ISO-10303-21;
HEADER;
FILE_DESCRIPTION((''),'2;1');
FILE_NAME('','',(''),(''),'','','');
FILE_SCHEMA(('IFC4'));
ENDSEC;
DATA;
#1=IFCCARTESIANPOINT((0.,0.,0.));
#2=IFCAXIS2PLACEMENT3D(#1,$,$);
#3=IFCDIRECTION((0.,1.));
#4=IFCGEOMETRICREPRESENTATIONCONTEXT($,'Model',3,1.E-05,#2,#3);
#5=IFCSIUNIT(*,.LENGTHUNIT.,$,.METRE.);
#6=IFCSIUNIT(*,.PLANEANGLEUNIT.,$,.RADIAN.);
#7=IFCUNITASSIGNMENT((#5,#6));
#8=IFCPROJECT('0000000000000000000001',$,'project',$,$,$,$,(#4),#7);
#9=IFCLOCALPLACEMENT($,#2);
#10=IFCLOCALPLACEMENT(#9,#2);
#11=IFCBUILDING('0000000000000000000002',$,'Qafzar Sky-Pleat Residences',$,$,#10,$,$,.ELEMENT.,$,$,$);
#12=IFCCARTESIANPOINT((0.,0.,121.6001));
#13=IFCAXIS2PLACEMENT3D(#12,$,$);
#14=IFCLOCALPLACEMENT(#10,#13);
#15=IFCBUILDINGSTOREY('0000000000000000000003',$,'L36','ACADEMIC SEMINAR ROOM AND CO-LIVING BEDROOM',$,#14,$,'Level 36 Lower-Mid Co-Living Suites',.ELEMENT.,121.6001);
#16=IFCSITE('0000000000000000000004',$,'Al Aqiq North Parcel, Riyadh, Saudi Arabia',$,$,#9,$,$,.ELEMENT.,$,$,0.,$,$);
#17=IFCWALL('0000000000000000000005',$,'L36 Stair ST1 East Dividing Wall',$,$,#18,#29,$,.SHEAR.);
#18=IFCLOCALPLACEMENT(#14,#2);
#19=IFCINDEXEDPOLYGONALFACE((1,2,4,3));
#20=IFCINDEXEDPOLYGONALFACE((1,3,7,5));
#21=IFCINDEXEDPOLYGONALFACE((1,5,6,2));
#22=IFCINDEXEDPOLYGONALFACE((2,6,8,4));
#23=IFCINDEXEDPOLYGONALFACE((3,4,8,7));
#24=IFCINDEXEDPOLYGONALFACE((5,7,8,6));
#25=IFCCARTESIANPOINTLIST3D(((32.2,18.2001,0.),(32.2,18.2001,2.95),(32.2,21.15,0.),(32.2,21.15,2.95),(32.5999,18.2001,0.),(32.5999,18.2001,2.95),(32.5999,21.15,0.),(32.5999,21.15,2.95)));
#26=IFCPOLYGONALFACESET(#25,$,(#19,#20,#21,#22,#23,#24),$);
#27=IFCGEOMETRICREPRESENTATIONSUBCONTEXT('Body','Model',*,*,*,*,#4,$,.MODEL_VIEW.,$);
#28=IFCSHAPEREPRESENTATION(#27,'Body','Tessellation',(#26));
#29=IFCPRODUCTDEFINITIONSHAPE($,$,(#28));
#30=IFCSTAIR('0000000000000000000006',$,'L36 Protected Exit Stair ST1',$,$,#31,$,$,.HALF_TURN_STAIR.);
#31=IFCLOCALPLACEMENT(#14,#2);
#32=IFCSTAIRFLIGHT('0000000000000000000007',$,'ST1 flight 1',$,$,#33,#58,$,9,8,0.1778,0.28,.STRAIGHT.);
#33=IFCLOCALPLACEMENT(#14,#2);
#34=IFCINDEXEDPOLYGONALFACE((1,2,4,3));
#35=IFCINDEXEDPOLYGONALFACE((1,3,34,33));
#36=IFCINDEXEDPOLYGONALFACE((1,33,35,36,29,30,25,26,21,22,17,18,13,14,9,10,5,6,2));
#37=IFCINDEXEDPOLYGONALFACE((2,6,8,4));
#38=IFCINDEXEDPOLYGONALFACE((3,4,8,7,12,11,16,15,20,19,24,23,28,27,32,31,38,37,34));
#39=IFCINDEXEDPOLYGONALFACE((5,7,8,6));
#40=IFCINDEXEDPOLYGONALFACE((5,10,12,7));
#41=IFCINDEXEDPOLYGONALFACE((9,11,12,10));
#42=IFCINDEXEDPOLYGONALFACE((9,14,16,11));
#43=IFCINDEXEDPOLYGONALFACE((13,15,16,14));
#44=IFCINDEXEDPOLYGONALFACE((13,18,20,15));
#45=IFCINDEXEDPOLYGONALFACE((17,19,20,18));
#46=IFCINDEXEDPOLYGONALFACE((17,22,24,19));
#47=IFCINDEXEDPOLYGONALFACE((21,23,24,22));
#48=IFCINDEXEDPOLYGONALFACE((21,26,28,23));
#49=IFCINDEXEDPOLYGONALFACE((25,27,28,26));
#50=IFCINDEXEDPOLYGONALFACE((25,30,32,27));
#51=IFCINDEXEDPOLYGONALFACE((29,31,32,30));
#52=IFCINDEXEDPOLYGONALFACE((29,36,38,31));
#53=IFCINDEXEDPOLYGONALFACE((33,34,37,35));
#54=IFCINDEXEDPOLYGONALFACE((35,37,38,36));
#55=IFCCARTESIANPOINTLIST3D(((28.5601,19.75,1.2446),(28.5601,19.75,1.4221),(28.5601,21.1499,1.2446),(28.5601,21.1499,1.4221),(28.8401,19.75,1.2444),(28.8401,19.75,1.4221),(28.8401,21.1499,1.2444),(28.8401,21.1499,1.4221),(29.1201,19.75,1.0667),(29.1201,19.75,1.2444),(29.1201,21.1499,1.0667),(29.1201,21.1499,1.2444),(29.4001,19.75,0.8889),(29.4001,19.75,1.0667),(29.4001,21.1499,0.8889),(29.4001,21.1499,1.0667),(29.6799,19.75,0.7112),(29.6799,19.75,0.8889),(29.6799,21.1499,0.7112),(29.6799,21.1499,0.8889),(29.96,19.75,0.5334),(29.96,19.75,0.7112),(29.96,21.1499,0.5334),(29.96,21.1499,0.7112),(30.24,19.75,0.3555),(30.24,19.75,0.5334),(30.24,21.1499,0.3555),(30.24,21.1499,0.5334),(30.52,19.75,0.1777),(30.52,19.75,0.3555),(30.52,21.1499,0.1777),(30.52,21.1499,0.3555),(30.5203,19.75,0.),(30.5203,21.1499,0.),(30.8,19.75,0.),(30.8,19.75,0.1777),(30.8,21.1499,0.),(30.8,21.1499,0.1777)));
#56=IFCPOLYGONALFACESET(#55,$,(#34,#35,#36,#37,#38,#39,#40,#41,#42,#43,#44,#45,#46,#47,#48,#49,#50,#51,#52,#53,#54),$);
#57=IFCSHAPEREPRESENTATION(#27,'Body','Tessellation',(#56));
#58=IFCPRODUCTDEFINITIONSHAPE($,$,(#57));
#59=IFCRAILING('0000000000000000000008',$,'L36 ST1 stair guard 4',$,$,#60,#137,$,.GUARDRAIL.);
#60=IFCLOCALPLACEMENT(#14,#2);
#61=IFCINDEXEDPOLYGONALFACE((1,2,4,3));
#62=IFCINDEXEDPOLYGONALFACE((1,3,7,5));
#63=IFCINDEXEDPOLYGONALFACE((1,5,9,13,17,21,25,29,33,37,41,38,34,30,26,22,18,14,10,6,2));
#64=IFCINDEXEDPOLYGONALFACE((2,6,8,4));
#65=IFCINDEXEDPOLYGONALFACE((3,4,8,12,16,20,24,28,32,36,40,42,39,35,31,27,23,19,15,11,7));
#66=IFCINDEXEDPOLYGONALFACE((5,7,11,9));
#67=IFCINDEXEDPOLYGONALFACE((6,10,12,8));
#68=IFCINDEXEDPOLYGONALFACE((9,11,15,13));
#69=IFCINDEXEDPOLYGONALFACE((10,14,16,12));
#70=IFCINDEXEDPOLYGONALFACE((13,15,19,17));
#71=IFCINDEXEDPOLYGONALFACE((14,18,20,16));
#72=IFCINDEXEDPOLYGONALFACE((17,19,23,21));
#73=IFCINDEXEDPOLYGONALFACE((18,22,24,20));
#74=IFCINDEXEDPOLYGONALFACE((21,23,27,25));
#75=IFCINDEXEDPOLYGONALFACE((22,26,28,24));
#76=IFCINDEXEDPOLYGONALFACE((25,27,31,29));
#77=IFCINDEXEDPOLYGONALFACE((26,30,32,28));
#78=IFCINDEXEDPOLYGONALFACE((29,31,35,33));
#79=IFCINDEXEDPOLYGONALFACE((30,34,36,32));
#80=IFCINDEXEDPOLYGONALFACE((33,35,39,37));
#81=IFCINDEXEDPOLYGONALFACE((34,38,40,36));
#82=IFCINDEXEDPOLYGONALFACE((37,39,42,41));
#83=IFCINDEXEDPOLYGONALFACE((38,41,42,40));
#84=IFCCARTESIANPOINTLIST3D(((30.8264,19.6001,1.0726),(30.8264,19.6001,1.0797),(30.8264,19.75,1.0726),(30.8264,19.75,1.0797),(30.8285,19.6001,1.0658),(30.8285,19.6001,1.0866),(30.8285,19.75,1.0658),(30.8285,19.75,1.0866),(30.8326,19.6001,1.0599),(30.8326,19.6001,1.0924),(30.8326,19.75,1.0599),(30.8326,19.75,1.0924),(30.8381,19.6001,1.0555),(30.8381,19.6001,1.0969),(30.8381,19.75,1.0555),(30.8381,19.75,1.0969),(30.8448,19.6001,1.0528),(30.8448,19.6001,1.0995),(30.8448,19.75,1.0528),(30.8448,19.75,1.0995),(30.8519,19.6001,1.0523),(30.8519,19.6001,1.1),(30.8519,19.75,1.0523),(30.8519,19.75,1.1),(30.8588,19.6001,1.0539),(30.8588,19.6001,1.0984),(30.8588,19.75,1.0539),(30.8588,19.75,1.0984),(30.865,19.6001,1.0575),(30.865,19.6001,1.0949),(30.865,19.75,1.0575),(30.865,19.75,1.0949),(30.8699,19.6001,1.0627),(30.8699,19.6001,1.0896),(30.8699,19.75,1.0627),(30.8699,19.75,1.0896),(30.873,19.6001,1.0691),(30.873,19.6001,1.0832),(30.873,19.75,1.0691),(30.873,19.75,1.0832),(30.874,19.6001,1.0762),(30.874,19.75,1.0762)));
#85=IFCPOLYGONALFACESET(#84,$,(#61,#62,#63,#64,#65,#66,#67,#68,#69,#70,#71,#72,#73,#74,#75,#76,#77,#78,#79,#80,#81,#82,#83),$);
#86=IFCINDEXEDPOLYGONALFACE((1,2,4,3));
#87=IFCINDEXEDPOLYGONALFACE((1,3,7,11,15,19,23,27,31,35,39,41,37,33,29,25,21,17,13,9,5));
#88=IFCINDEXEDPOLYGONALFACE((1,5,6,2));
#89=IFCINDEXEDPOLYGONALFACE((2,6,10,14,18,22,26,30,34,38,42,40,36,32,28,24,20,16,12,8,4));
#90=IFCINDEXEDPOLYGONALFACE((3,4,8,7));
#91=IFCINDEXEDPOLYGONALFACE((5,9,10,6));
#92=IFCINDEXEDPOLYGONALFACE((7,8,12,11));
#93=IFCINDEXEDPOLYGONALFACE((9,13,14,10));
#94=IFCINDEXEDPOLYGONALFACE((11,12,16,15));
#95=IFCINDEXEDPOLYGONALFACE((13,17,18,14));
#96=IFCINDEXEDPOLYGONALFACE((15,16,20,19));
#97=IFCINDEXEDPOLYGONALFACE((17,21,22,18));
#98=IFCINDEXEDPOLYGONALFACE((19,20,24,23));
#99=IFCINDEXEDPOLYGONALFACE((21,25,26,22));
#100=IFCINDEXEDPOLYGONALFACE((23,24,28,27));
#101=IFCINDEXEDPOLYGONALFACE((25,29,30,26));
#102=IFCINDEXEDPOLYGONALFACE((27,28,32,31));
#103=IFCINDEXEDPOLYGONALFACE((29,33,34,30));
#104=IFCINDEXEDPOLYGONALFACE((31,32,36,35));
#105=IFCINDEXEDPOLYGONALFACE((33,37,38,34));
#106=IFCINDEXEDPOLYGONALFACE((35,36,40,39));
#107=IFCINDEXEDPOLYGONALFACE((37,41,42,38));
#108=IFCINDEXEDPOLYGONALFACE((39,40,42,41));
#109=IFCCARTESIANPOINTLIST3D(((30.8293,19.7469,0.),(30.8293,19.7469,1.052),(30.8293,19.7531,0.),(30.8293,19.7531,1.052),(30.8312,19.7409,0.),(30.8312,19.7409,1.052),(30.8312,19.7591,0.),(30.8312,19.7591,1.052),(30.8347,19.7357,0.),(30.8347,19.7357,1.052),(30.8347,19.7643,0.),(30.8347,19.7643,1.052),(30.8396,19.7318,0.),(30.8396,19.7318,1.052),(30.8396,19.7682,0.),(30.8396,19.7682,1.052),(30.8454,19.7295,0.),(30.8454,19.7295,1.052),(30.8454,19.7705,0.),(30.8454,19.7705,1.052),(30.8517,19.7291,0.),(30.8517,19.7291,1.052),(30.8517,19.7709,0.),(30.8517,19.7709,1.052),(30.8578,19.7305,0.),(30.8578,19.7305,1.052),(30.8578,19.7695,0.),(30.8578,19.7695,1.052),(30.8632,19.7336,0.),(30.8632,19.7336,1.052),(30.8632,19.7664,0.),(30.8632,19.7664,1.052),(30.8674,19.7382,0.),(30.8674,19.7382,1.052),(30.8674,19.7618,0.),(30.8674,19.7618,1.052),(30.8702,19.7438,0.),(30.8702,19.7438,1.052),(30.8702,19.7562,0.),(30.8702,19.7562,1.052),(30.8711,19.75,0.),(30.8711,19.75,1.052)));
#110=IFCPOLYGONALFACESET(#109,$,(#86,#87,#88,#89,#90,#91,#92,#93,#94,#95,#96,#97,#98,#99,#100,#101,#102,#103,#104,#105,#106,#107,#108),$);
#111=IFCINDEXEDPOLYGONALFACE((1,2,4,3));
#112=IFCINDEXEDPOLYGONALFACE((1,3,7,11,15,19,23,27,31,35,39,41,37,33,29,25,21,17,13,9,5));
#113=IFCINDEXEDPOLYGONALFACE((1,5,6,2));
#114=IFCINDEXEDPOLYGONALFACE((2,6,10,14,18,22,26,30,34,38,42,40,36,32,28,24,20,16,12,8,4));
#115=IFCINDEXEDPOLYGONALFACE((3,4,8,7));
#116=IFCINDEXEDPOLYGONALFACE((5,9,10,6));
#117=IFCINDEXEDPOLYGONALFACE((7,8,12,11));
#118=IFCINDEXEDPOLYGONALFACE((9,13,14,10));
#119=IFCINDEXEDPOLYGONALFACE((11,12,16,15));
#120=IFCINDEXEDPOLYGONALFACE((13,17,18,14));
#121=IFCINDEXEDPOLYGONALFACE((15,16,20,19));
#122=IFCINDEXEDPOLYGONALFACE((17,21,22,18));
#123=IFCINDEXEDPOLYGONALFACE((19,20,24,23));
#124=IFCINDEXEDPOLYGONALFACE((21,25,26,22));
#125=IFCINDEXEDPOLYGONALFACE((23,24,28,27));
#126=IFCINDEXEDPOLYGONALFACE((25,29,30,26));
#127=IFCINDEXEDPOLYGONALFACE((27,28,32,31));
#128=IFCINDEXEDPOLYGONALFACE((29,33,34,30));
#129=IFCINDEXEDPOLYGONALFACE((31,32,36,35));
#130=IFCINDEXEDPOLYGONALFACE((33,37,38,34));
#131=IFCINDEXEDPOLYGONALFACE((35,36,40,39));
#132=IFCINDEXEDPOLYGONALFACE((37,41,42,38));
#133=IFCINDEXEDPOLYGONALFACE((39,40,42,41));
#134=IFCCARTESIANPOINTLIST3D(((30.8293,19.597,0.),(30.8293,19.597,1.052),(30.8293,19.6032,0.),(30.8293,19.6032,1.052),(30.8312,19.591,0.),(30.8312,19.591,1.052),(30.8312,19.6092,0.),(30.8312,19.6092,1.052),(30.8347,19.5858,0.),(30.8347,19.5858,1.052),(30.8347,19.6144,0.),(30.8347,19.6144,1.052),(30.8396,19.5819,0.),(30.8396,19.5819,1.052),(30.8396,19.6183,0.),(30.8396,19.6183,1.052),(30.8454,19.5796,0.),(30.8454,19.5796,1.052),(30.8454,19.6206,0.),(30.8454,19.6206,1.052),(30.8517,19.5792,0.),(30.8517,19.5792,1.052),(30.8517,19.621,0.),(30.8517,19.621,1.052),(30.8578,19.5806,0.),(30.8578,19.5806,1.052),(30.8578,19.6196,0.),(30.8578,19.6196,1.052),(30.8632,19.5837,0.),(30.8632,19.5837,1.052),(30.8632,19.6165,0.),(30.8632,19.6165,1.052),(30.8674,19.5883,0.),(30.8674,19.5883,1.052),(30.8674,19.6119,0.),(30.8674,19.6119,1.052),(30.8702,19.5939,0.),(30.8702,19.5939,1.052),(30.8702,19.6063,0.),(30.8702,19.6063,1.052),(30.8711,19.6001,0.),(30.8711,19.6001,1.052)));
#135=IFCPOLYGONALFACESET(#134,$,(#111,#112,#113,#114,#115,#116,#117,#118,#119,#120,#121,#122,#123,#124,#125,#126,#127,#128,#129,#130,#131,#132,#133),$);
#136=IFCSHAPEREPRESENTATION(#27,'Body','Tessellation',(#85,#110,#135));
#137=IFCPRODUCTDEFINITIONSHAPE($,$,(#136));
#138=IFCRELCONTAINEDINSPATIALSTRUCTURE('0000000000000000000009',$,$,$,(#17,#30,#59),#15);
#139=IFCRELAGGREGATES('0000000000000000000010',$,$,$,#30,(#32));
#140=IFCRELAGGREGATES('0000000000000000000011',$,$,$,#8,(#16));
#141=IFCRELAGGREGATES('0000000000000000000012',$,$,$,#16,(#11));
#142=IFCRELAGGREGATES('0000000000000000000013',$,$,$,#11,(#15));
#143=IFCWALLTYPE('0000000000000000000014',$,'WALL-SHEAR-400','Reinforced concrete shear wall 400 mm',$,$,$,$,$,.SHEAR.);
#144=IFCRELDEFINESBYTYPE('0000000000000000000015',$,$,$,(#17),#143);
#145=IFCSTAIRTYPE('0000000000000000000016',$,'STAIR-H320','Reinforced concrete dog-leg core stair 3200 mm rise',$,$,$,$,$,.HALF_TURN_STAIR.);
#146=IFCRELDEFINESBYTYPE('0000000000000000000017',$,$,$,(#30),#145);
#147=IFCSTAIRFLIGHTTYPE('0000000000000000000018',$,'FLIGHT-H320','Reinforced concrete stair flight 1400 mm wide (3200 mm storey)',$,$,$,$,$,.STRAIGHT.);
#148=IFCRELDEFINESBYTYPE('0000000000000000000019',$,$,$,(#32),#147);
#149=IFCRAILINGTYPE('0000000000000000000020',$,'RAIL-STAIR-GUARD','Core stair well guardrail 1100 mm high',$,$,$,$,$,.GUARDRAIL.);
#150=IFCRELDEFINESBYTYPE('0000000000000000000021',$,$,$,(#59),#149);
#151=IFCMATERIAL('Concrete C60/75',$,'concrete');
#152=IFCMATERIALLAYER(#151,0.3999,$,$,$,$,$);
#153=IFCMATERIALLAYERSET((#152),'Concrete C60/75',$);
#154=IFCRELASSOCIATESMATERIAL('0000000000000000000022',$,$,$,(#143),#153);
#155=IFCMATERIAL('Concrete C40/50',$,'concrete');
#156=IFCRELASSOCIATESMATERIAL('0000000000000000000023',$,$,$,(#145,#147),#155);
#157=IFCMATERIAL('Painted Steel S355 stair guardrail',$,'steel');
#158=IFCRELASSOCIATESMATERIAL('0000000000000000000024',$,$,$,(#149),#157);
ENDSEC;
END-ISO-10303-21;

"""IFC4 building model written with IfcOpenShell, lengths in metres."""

from ifc_helpers import new_model, si_unit, direction, frame, frame_2d, origin, origin_2d, place, context, subcontext, project, spatial, polyline, rectangle, circle, outline, extrude, source, transform, mapped, material, layer, layer_set, type_object, element, aggregate, save


model = new_model("IFC4")

# Units and contexts
model_context = context("Model", 3, precision=1e-05, world=origin(), true_north=direction((0.0, 1.0)))
body_context = subcontext(model_context, "Body", "Model", "MODEL_VIEW")
ifc_project = project(units=[si_unit("LENGTHUNIT", "METRE"), si_unit("PLANEANGLEUNIT", "RADIAN")], contexts=[model_context])

# Site, building, storey
site_placement = place(None, origin())
site = spatial("IfcSite", under=ifc_project, at=site_placement, Name="Al Aqiq North Parcel, Riyadh, Saudi Arabia", CompositionType="ELEMENT", RefElevation=0.0)
building_placement = place(site_placement, origin())
building = spatial("IfcBuilding", under=site, at=building_placement, Name="Qafzar Sky-Pleat Residences", CompositionType="ELEMENT")
storey_placement = place(building_placement, frame((0.0, 0.0, 121.6001)))
storey = spatial("IfcBuildingStorey", under=building, at=storey_placement, Name="L36", Description="ACADEMIC SEMINAR ROOM AND CO-LIVING BEDROOM", LongName="Level 36 Lower-Mid Co-Living Suites", CompositionType="ELEMENT", Elevation=121.6001)

# Wall
ifc_material_1 = material(Name="Concrete C60/75", Category="concrete")
ifc_layer_1 = layer(ifc_material_1, 0.3999)
ifc_layer_set_1 = layer_set([ifc_layer_1], Name="Concrete C60/75")
wall_type_1 = type_object("IfcWallType", Name="WALL-SHEAR-400", Description="Reinforced concrete shear wall 400 mm", PredefinedType="SHEAR", material=ifc_layer_set_1)
wall_1_placement = place(storey_placement, frame((32.3999, 18.2, 0.0), z_axis=(0.0, 0.0, 1.0), x_axis=(0.0, 1.0, 0.0)))
element("IfcWall", 1, at=wall_1_placement, inside=storey, type_object=wall_type_1, Name="L36 Stair ST1 East Dividing Wall", PredefinedType="SHEAR", context=body_context, shape_type="SweptSolid", body=[
    extrude(rectangle(XDim=2.95, YDim=0.3999, at=frame_2d((1.4751, 0.0))), origin(), (0.0, 0.0, 1.0), 2.95),
])

# Stair, stair flight
ifc_material_2 = material(Name="Concrete C40/50", Category="concrete")
stair_type = type_object("IfcStairType", Name="STAIR-H320", Description="Reinforced concrete dog-leg core stair 3200 mm rise", PredefinedType="HALF_TURN_STAIR", material=ifc_material_2)
stair_placement = place(storey_placement, origin())
stair = element("IfcStair", 2, at=stair_placement, inside=storey, type_object=stair_type, Name="L36 Protected Exit Stair ST1", PredefinedType="HALF_TURN_STAIR")
stair_flight_type = type_object("IfcStairFlightType", Name="FLIGHT-H320", Description="Reinforced concrete stair flight 1400 mm wide (3200 mm storey)", PredefinedType="STRAIGHT", material=ifc_material_2)
shared_shape_1 = source(origin(), body_context, "Body", "SweptSolid", [
    extrude(outline(polyline([(0.0, 0.0), (0.0, 0.1777), (0.28, 0.1777), (0.28, 0.3555), (0.5601, 0.3555), (0.5601, 0.5334), (0.8401, 0.5334), (0.8401, 0.7112), (1.1201, 0.7112), (1.1201, 0.8889), (1.3999, 0.8889), (1.3999, 1.0667), (1.6799, 1.0667), (1.6799, 1.2444), (1.96, 1.2444), (1.96, 1.4221), (2.24, 1.4221), (2.24, 1.6001), (2.24, 1.2446), (0.2798, 0.0), (0.0, 0.0)])), frame((0.0, 0.7, 0.0), z_axis=(0.0, -1.0, 0.0), x_axis=(1.0, 0.0, 0.0)), (0.0, 0.0, 1.0), 1.3999),
])
stair_flight_placement = place(storey_placement, frame((30.8, 20.45, 0.0), z_axis=(0.0, 0.0, 1.0), x_axis=(-1.0, 0.0, 0.0)))
stair_flight = element("IfcStairFlight", 3, at=stair_flight_placement, type_object=stair_flight_type, Name="ST1 flight 1", NumberOfRisers=9, NumberOfTreads=8, PredefinedType="STRAIGHT", RiserHeight=0.1778, TreadLength=0.28, context=body_context, shape_type="MappedRepresentation", body=[
    mapped(shared_shape_1, transform((0.0, 0.0, 0.0), x_axis=(1.0, 0.0, 0.0), y_axis=(0.0, 1.0, 0.0), z_axis=(0.0, 0.0, 1.0), scale=1.0)),
])
aggregate(stair, [stair_flight])

# Railing
ifc_material_3 = material(Name="Painted Steel S355 stair guardrail", Category="steel")
railing_type_1 = type_object("IfcRailingType", Name="RAIL-STAIR-GUARD", Description="Core stair well guardrail 1100 mm high", PredefinedType="GUARDRAIL", material=ifc_material_3)
shared_shape_2 = source(origin(), body_context, "Body", "SweptSolid", [
    extrude(circle(Radius=0.0239, at=origin_2d()), frame((0.0, 0.0, 1.0762), z_axis=(0.0, -1.0, 0.0), x_axis=(1.0, 0.0, 0.0)), (0.0, 0.0, 1.0), 0.1499),
    extrude(circle(Radius=0.021, at=origin_2d()), origin(), (0.0, 0.0, 1.0), 1.052),
    extrude(circle(Radius=0.021, at=origin_2d()), frame((0.0, -0.1499, 0.0)), (0.0, 0.0, 1.0), 1.052),
])
railing_1_placement = place(storey_placement, frame((30.8501, 19.75, 0.0)))
element("IfcRailing", 4, at=railing_1_placement, inside=storey, type_object=railing_type_1, Name="L36 ST1 stair guard 4", PredefinedType="GUARDRAIL", context=body_context, shape_type="MappedRepresentation", body=[
    mapped(shared_shape_2, transform((0.0, 0.0, 0.0), x_axis=(1.0, 0.0, 0.0), y_axis=(0.0, 1.0, 0.0), z_axis=(0.0, 0.0, 1.0), scale=1.0)),
])

save(model, "model.ifc")
